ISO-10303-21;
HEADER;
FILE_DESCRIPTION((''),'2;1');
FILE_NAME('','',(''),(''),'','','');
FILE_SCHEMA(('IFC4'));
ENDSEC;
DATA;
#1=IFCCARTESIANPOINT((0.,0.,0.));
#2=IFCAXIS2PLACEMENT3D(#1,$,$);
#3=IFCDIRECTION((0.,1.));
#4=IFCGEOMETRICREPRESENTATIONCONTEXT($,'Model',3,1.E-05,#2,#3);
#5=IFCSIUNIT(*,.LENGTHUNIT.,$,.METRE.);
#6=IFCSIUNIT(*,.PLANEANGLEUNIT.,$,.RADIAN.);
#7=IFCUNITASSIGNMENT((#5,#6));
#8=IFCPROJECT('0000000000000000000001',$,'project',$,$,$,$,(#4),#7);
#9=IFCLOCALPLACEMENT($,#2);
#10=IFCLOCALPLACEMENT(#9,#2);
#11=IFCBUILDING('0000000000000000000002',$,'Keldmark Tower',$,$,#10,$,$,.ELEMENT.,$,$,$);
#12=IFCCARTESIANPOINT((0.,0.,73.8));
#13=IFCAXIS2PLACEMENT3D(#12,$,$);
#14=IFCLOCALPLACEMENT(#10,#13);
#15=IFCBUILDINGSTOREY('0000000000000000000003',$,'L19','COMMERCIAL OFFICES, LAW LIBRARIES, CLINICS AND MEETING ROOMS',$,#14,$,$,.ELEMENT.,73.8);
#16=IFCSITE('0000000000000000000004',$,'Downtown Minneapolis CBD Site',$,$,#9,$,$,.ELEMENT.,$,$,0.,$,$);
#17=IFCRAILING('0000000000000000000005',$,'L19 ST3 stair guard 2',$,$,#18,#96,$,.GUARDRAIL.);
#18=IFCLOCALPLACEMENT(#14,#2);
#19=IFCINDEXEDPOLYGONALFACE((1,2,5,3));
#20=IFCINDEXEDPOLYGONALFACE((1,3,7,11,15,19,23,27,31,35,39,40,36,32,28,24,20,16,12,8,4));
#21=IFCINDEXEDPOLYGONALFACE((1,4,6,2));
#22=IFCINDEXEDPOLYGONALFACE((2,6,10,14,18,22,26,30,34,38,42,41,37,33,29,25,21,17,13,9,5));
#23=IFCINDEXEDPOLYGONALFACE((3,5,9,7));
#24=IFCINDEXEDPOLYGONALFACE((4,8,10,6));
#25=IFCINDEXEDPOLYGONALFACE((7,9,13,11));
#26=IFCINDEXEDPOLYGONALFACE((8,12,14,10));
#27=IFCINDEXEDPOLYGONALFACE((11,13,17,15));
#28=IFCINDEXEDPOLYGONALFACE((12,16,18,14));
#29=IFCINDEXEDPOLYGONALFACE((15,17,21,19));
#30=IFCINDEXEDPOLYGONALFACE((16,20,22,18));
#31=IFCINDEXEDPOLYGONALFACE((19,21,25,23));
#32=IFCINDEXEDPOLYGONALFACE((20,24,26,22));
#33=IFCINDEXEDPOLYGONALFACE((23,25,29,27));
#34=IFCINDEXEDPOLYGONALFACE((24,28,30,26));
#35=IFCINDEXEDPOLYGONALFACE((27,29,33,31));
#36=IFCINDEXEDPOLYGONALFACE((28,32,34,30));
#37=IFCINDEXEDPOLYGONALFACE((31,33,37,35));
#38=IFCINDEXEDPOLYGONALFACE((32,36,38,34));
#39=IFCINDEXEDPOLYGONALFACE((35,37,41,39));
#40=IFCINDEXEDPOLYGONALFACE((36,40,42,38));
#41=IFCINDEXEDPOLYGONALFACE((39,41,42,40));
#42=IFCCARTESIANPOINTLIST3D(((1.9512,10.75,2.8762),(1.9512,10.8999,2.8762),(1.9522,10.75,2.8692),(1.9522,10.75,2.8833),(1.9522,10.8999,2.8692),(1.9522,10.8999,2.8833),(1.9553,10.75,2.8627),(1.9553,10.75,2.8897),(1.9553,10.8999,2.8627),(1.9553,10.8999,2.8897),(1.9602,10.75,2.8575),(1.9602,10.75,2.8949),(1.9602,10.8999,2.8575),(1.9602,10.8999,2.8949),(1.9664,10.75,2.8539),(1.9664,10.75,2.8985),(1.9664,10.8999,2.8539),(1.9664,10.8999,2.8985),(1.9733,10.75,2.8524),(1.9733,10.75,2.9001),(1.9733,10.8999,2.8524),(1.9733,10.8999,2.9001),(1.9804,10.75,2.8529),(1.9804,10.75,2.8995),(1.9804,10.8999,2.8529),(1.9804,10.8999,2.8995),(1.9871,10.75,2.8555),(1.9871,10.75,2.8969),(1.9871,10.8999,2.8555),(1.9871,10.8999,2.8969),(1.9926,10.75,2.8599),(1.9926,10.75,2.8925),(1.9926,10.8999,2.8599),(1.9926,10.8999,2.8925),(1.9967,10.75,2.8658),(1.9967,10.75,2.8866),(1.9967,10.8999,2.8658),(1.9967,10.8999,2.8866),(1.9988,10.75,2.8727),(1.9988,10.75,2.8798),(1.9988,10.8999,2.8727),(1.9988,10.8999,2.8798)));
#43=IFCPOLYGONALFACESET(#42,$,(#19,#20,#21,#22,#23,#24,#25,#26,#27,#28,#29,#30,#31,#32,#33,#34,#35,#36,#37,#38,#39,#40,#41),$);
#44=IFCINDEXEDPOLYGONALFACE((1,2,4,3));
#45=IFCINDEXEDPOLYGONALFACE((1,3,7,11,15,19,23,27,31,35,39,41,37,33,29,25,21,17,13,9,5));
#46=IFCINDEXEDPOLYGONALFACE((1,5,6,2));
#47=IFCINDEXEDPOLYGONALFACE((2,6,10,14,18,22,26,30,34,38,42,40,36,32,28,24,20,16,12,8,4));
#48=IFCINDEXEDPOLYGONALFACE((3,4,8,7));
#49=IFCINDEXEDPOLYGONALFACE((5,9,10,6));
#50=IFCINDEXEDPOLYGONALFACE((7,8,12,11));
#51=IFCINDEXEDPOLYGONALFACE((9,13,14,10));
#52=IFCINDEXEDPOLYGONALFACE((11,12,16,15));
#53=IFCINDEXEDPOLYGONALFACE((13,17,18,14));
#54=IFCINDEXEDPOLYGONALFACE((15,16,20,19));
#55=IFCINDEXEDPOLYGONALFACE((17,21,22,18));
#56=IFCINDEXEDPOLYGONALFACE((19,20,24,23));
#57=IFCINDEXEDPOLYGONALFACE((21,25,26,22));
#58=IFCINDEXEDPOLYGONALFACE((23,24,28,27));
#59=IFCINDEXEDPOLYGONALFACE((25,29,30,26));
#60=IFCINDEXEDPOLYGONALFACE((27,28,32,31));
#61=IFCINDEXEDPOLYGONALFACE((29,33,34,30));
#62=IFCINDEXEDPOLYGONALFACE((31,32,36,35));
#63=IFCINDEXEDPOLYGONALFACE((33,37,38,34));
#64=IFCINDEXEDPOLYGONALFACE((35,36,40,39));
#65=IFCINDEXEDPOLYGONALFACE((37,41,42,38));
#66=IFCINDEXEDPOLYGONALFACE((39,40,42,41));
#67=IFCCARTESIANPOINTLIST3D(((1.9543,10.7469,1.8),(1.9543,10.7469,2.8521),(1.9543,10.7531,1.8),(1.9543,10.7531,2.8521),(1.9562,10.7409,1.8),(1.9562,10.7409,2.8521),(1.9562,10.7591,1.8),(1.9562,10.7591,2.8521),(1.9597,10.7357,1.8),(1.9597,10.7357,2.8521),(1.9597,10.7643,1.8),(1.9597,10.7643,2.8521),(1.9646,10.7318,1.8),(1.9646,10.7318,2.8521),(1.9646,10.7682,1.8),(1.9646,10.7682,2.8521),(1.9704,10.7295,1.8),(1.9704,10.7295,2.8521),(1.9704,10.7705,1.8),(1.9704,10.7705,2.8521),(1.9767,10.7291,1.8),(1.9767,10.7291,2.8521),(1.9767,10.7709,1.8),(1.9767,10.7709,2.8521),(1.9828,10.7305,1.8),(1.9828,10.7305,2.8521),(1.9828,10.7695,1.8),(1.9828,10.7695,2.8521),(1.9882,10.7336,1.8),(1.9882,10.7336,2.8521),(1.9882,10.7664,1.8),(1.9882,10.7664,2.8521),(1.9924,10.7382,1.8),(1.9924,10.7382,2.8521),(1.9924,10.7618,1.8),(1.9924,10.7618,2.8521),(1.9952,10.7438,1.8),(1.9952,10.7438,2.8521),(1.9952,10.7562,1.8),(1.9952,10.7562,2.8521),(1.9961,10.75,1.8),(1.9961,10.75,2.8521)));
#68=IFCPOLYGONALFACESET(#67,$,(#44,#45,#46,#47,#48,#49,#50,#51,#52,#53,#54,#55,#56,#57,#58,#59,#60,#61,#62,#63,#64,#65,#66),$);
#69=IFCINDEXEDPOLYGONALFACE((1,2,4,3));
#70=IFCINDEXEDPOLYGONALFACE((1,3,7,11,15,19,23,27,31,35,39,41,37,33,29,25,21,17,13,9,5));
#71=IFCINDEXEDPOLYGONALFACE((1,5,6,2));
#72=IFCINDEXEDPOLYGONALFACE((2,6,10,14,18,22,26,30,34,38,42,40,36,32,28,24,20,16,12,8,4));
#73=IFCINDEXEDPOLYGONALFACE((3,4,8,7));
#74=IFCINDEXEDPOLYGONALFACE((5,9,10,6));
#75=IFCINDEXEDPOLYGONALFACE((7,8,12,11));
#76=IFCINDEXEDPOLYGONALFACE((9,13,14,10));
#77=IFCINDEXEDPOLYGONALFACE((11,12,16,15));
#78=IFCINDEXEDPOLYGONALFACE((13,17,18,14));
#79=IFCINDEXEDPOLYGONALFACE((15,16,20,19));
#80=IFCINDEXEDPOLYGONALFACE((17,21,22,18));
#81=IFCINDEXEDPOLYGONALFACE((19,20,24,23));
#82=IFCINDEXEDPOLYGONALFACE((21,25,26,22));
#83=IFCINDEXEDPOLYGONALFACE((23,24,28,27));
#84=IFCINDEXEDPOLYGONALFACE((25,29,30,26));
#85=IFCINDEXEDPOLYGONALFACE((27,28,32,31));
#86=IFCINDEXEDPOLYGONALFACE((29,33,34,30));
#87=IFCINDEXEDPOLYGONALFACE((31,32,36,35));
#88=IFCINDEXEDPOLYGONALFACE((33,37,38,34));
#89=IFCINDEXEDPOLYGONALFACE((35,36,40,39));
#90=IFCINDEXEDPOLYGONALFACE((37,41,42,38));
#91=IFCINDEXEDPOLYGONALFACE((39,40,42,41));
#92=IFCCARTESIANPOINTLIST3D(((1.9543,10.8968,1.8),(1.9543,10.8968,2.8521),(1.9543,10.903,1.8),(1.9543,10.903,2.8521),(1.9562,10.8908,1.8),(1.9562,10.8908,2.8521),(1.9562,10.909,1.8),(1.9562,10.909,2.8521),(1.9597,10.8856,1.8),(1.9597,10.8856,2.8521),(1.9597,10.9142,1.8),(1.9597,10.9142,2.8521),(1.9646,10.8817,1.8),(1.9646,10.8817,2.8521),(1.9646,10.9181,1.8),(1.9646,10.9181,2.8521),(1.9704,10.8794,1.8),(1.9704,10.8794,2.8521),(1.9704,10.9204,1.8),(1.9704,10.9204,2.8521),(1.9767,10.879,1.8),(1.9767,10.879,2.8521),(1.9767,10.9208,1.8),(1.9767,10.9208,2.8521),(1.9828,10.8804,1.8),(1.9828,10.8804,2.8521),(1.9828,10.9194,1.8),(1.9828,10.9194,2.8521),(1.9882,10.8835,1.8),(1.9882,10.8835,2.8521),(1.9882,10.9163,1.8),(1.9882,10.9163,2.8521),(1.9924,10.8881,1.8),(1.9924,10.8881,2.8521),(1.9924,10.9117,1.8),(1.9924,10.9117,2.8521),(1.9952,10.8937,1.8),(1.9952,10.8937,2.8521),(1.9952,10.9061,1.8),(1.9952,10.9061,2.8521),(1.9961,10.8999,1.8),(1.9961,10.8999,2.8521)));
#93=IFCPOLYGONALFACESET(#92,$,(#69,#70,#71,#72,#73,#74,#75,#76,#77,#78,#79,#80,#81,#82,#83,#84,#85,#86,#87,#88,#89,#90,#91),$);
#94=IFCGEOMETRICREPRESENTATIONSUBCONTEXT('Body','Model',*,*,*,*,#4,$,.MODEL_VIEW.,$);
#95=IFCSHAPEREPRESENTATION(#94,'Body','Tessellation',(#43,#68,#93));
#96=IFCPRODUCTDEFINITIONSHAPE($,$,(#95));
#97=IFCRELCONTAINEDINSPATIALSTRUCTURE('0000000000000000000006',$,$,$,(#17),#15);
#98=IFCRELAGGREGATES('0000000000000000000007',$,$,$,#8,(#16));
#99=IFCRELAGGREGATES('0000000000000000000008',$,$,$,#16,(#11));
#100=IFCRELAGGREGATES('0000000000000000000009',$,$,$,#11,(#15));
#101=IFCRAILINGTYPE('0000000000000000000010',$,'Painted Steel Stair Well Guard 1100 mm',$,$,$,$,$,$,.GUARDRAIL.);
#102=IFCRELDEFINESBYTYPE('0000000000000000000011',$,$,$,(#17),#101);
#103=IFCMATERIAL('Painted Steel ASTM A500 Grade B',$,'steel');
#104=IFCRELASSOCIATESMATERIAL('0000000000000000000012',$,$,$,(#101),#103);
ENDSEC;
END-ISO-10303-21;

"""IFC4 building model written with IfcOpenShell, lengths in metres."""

from ifc_helpers import new_model, si_unit, direction, frame, origin, origin_2d, place, context, subcontext, project, spatial, circle, extrude, material, type_object, element, save


model = new_model("IFC4")

# Units and contexts
model_context = context("Model", 3, precision=1e-05, world=origin(), true_north=direction((0.0, 1.0)))
body_context = subcontext(model_context, "Body", "Model", "MODEL_VIEW")
ifc_project = project(units=[si_unit("LENGTHUNIT", "METRE"), si_unit("PLANEANGLEUNIT", "RADIAN")], contexts=[model_context])

# Site, building, storey
site_placement = place(None, origin())
site = spatial("IfcSite", under=ifc_project, at=site_placement, Name="Downtown Minneapolis CBD Site", CompositionType="ELEMENT", RefElevation=0.0)
building_placement = place(site_placement, origin())
building = spatial("IfcBuilding", under=site, at=building_placement, Name="Keldmark Tower", CompositionType="ELEMENT")
storey_placement = place(building_placement, frame((0.0, 0.0, 73.8)))
storey = spatial("IfcBuildingStorey", under=building, at=storey_placement, Name="L19", Description="COMMERCIAL OFFICES, LAW LIBRARIES, CLINICS AND MEETING ROOMS", CompositionType="ELEMENT", Elevation=73.8)

# Railing
ifc_material_1 = material(Name="Painted Steel ASTM A500 Grade B", Category="steel")
railing_type_1 = type_object("IfcRailingType", Name="Painted Steel Stair Well Guard 1100 mm", PredefinedType="GUARDRAIL", material=ifc_material_1)
railing_1_placement = place(storey_placement, frame((1.9751, 10.75, 1.8)))
element("IfcRailing", 1, at=railing_1_placement, inside=storey, type_object=railing_type_1, Name="L19 ST3 stair guard 2", PredefinedType="GUARDRAIL", context=body_context, shape_type="SweptSolid", body=[
    extrude(circle(Radius=0.0239, at=origin_2d()), frame((0.0, 0.0, 1.0762), z_axis=(0.0, 1.0, 0.0), x_axis=(-1.0, 0.0, 0.0)), (0.0, 0.0, 1.0), 0.1499),
    extrude(circle(Radius=0.021, at=origin_2d()), origin(), (0.0, 0.0, 1.0), 1.052),
    extrude(circle(Radius=0.021, at=origin_2d()), frame((0.0, 0.1499, 0.0)), (0.0, 0.0, 1.0), 1.052),
])

save(model, "model.ifc")
